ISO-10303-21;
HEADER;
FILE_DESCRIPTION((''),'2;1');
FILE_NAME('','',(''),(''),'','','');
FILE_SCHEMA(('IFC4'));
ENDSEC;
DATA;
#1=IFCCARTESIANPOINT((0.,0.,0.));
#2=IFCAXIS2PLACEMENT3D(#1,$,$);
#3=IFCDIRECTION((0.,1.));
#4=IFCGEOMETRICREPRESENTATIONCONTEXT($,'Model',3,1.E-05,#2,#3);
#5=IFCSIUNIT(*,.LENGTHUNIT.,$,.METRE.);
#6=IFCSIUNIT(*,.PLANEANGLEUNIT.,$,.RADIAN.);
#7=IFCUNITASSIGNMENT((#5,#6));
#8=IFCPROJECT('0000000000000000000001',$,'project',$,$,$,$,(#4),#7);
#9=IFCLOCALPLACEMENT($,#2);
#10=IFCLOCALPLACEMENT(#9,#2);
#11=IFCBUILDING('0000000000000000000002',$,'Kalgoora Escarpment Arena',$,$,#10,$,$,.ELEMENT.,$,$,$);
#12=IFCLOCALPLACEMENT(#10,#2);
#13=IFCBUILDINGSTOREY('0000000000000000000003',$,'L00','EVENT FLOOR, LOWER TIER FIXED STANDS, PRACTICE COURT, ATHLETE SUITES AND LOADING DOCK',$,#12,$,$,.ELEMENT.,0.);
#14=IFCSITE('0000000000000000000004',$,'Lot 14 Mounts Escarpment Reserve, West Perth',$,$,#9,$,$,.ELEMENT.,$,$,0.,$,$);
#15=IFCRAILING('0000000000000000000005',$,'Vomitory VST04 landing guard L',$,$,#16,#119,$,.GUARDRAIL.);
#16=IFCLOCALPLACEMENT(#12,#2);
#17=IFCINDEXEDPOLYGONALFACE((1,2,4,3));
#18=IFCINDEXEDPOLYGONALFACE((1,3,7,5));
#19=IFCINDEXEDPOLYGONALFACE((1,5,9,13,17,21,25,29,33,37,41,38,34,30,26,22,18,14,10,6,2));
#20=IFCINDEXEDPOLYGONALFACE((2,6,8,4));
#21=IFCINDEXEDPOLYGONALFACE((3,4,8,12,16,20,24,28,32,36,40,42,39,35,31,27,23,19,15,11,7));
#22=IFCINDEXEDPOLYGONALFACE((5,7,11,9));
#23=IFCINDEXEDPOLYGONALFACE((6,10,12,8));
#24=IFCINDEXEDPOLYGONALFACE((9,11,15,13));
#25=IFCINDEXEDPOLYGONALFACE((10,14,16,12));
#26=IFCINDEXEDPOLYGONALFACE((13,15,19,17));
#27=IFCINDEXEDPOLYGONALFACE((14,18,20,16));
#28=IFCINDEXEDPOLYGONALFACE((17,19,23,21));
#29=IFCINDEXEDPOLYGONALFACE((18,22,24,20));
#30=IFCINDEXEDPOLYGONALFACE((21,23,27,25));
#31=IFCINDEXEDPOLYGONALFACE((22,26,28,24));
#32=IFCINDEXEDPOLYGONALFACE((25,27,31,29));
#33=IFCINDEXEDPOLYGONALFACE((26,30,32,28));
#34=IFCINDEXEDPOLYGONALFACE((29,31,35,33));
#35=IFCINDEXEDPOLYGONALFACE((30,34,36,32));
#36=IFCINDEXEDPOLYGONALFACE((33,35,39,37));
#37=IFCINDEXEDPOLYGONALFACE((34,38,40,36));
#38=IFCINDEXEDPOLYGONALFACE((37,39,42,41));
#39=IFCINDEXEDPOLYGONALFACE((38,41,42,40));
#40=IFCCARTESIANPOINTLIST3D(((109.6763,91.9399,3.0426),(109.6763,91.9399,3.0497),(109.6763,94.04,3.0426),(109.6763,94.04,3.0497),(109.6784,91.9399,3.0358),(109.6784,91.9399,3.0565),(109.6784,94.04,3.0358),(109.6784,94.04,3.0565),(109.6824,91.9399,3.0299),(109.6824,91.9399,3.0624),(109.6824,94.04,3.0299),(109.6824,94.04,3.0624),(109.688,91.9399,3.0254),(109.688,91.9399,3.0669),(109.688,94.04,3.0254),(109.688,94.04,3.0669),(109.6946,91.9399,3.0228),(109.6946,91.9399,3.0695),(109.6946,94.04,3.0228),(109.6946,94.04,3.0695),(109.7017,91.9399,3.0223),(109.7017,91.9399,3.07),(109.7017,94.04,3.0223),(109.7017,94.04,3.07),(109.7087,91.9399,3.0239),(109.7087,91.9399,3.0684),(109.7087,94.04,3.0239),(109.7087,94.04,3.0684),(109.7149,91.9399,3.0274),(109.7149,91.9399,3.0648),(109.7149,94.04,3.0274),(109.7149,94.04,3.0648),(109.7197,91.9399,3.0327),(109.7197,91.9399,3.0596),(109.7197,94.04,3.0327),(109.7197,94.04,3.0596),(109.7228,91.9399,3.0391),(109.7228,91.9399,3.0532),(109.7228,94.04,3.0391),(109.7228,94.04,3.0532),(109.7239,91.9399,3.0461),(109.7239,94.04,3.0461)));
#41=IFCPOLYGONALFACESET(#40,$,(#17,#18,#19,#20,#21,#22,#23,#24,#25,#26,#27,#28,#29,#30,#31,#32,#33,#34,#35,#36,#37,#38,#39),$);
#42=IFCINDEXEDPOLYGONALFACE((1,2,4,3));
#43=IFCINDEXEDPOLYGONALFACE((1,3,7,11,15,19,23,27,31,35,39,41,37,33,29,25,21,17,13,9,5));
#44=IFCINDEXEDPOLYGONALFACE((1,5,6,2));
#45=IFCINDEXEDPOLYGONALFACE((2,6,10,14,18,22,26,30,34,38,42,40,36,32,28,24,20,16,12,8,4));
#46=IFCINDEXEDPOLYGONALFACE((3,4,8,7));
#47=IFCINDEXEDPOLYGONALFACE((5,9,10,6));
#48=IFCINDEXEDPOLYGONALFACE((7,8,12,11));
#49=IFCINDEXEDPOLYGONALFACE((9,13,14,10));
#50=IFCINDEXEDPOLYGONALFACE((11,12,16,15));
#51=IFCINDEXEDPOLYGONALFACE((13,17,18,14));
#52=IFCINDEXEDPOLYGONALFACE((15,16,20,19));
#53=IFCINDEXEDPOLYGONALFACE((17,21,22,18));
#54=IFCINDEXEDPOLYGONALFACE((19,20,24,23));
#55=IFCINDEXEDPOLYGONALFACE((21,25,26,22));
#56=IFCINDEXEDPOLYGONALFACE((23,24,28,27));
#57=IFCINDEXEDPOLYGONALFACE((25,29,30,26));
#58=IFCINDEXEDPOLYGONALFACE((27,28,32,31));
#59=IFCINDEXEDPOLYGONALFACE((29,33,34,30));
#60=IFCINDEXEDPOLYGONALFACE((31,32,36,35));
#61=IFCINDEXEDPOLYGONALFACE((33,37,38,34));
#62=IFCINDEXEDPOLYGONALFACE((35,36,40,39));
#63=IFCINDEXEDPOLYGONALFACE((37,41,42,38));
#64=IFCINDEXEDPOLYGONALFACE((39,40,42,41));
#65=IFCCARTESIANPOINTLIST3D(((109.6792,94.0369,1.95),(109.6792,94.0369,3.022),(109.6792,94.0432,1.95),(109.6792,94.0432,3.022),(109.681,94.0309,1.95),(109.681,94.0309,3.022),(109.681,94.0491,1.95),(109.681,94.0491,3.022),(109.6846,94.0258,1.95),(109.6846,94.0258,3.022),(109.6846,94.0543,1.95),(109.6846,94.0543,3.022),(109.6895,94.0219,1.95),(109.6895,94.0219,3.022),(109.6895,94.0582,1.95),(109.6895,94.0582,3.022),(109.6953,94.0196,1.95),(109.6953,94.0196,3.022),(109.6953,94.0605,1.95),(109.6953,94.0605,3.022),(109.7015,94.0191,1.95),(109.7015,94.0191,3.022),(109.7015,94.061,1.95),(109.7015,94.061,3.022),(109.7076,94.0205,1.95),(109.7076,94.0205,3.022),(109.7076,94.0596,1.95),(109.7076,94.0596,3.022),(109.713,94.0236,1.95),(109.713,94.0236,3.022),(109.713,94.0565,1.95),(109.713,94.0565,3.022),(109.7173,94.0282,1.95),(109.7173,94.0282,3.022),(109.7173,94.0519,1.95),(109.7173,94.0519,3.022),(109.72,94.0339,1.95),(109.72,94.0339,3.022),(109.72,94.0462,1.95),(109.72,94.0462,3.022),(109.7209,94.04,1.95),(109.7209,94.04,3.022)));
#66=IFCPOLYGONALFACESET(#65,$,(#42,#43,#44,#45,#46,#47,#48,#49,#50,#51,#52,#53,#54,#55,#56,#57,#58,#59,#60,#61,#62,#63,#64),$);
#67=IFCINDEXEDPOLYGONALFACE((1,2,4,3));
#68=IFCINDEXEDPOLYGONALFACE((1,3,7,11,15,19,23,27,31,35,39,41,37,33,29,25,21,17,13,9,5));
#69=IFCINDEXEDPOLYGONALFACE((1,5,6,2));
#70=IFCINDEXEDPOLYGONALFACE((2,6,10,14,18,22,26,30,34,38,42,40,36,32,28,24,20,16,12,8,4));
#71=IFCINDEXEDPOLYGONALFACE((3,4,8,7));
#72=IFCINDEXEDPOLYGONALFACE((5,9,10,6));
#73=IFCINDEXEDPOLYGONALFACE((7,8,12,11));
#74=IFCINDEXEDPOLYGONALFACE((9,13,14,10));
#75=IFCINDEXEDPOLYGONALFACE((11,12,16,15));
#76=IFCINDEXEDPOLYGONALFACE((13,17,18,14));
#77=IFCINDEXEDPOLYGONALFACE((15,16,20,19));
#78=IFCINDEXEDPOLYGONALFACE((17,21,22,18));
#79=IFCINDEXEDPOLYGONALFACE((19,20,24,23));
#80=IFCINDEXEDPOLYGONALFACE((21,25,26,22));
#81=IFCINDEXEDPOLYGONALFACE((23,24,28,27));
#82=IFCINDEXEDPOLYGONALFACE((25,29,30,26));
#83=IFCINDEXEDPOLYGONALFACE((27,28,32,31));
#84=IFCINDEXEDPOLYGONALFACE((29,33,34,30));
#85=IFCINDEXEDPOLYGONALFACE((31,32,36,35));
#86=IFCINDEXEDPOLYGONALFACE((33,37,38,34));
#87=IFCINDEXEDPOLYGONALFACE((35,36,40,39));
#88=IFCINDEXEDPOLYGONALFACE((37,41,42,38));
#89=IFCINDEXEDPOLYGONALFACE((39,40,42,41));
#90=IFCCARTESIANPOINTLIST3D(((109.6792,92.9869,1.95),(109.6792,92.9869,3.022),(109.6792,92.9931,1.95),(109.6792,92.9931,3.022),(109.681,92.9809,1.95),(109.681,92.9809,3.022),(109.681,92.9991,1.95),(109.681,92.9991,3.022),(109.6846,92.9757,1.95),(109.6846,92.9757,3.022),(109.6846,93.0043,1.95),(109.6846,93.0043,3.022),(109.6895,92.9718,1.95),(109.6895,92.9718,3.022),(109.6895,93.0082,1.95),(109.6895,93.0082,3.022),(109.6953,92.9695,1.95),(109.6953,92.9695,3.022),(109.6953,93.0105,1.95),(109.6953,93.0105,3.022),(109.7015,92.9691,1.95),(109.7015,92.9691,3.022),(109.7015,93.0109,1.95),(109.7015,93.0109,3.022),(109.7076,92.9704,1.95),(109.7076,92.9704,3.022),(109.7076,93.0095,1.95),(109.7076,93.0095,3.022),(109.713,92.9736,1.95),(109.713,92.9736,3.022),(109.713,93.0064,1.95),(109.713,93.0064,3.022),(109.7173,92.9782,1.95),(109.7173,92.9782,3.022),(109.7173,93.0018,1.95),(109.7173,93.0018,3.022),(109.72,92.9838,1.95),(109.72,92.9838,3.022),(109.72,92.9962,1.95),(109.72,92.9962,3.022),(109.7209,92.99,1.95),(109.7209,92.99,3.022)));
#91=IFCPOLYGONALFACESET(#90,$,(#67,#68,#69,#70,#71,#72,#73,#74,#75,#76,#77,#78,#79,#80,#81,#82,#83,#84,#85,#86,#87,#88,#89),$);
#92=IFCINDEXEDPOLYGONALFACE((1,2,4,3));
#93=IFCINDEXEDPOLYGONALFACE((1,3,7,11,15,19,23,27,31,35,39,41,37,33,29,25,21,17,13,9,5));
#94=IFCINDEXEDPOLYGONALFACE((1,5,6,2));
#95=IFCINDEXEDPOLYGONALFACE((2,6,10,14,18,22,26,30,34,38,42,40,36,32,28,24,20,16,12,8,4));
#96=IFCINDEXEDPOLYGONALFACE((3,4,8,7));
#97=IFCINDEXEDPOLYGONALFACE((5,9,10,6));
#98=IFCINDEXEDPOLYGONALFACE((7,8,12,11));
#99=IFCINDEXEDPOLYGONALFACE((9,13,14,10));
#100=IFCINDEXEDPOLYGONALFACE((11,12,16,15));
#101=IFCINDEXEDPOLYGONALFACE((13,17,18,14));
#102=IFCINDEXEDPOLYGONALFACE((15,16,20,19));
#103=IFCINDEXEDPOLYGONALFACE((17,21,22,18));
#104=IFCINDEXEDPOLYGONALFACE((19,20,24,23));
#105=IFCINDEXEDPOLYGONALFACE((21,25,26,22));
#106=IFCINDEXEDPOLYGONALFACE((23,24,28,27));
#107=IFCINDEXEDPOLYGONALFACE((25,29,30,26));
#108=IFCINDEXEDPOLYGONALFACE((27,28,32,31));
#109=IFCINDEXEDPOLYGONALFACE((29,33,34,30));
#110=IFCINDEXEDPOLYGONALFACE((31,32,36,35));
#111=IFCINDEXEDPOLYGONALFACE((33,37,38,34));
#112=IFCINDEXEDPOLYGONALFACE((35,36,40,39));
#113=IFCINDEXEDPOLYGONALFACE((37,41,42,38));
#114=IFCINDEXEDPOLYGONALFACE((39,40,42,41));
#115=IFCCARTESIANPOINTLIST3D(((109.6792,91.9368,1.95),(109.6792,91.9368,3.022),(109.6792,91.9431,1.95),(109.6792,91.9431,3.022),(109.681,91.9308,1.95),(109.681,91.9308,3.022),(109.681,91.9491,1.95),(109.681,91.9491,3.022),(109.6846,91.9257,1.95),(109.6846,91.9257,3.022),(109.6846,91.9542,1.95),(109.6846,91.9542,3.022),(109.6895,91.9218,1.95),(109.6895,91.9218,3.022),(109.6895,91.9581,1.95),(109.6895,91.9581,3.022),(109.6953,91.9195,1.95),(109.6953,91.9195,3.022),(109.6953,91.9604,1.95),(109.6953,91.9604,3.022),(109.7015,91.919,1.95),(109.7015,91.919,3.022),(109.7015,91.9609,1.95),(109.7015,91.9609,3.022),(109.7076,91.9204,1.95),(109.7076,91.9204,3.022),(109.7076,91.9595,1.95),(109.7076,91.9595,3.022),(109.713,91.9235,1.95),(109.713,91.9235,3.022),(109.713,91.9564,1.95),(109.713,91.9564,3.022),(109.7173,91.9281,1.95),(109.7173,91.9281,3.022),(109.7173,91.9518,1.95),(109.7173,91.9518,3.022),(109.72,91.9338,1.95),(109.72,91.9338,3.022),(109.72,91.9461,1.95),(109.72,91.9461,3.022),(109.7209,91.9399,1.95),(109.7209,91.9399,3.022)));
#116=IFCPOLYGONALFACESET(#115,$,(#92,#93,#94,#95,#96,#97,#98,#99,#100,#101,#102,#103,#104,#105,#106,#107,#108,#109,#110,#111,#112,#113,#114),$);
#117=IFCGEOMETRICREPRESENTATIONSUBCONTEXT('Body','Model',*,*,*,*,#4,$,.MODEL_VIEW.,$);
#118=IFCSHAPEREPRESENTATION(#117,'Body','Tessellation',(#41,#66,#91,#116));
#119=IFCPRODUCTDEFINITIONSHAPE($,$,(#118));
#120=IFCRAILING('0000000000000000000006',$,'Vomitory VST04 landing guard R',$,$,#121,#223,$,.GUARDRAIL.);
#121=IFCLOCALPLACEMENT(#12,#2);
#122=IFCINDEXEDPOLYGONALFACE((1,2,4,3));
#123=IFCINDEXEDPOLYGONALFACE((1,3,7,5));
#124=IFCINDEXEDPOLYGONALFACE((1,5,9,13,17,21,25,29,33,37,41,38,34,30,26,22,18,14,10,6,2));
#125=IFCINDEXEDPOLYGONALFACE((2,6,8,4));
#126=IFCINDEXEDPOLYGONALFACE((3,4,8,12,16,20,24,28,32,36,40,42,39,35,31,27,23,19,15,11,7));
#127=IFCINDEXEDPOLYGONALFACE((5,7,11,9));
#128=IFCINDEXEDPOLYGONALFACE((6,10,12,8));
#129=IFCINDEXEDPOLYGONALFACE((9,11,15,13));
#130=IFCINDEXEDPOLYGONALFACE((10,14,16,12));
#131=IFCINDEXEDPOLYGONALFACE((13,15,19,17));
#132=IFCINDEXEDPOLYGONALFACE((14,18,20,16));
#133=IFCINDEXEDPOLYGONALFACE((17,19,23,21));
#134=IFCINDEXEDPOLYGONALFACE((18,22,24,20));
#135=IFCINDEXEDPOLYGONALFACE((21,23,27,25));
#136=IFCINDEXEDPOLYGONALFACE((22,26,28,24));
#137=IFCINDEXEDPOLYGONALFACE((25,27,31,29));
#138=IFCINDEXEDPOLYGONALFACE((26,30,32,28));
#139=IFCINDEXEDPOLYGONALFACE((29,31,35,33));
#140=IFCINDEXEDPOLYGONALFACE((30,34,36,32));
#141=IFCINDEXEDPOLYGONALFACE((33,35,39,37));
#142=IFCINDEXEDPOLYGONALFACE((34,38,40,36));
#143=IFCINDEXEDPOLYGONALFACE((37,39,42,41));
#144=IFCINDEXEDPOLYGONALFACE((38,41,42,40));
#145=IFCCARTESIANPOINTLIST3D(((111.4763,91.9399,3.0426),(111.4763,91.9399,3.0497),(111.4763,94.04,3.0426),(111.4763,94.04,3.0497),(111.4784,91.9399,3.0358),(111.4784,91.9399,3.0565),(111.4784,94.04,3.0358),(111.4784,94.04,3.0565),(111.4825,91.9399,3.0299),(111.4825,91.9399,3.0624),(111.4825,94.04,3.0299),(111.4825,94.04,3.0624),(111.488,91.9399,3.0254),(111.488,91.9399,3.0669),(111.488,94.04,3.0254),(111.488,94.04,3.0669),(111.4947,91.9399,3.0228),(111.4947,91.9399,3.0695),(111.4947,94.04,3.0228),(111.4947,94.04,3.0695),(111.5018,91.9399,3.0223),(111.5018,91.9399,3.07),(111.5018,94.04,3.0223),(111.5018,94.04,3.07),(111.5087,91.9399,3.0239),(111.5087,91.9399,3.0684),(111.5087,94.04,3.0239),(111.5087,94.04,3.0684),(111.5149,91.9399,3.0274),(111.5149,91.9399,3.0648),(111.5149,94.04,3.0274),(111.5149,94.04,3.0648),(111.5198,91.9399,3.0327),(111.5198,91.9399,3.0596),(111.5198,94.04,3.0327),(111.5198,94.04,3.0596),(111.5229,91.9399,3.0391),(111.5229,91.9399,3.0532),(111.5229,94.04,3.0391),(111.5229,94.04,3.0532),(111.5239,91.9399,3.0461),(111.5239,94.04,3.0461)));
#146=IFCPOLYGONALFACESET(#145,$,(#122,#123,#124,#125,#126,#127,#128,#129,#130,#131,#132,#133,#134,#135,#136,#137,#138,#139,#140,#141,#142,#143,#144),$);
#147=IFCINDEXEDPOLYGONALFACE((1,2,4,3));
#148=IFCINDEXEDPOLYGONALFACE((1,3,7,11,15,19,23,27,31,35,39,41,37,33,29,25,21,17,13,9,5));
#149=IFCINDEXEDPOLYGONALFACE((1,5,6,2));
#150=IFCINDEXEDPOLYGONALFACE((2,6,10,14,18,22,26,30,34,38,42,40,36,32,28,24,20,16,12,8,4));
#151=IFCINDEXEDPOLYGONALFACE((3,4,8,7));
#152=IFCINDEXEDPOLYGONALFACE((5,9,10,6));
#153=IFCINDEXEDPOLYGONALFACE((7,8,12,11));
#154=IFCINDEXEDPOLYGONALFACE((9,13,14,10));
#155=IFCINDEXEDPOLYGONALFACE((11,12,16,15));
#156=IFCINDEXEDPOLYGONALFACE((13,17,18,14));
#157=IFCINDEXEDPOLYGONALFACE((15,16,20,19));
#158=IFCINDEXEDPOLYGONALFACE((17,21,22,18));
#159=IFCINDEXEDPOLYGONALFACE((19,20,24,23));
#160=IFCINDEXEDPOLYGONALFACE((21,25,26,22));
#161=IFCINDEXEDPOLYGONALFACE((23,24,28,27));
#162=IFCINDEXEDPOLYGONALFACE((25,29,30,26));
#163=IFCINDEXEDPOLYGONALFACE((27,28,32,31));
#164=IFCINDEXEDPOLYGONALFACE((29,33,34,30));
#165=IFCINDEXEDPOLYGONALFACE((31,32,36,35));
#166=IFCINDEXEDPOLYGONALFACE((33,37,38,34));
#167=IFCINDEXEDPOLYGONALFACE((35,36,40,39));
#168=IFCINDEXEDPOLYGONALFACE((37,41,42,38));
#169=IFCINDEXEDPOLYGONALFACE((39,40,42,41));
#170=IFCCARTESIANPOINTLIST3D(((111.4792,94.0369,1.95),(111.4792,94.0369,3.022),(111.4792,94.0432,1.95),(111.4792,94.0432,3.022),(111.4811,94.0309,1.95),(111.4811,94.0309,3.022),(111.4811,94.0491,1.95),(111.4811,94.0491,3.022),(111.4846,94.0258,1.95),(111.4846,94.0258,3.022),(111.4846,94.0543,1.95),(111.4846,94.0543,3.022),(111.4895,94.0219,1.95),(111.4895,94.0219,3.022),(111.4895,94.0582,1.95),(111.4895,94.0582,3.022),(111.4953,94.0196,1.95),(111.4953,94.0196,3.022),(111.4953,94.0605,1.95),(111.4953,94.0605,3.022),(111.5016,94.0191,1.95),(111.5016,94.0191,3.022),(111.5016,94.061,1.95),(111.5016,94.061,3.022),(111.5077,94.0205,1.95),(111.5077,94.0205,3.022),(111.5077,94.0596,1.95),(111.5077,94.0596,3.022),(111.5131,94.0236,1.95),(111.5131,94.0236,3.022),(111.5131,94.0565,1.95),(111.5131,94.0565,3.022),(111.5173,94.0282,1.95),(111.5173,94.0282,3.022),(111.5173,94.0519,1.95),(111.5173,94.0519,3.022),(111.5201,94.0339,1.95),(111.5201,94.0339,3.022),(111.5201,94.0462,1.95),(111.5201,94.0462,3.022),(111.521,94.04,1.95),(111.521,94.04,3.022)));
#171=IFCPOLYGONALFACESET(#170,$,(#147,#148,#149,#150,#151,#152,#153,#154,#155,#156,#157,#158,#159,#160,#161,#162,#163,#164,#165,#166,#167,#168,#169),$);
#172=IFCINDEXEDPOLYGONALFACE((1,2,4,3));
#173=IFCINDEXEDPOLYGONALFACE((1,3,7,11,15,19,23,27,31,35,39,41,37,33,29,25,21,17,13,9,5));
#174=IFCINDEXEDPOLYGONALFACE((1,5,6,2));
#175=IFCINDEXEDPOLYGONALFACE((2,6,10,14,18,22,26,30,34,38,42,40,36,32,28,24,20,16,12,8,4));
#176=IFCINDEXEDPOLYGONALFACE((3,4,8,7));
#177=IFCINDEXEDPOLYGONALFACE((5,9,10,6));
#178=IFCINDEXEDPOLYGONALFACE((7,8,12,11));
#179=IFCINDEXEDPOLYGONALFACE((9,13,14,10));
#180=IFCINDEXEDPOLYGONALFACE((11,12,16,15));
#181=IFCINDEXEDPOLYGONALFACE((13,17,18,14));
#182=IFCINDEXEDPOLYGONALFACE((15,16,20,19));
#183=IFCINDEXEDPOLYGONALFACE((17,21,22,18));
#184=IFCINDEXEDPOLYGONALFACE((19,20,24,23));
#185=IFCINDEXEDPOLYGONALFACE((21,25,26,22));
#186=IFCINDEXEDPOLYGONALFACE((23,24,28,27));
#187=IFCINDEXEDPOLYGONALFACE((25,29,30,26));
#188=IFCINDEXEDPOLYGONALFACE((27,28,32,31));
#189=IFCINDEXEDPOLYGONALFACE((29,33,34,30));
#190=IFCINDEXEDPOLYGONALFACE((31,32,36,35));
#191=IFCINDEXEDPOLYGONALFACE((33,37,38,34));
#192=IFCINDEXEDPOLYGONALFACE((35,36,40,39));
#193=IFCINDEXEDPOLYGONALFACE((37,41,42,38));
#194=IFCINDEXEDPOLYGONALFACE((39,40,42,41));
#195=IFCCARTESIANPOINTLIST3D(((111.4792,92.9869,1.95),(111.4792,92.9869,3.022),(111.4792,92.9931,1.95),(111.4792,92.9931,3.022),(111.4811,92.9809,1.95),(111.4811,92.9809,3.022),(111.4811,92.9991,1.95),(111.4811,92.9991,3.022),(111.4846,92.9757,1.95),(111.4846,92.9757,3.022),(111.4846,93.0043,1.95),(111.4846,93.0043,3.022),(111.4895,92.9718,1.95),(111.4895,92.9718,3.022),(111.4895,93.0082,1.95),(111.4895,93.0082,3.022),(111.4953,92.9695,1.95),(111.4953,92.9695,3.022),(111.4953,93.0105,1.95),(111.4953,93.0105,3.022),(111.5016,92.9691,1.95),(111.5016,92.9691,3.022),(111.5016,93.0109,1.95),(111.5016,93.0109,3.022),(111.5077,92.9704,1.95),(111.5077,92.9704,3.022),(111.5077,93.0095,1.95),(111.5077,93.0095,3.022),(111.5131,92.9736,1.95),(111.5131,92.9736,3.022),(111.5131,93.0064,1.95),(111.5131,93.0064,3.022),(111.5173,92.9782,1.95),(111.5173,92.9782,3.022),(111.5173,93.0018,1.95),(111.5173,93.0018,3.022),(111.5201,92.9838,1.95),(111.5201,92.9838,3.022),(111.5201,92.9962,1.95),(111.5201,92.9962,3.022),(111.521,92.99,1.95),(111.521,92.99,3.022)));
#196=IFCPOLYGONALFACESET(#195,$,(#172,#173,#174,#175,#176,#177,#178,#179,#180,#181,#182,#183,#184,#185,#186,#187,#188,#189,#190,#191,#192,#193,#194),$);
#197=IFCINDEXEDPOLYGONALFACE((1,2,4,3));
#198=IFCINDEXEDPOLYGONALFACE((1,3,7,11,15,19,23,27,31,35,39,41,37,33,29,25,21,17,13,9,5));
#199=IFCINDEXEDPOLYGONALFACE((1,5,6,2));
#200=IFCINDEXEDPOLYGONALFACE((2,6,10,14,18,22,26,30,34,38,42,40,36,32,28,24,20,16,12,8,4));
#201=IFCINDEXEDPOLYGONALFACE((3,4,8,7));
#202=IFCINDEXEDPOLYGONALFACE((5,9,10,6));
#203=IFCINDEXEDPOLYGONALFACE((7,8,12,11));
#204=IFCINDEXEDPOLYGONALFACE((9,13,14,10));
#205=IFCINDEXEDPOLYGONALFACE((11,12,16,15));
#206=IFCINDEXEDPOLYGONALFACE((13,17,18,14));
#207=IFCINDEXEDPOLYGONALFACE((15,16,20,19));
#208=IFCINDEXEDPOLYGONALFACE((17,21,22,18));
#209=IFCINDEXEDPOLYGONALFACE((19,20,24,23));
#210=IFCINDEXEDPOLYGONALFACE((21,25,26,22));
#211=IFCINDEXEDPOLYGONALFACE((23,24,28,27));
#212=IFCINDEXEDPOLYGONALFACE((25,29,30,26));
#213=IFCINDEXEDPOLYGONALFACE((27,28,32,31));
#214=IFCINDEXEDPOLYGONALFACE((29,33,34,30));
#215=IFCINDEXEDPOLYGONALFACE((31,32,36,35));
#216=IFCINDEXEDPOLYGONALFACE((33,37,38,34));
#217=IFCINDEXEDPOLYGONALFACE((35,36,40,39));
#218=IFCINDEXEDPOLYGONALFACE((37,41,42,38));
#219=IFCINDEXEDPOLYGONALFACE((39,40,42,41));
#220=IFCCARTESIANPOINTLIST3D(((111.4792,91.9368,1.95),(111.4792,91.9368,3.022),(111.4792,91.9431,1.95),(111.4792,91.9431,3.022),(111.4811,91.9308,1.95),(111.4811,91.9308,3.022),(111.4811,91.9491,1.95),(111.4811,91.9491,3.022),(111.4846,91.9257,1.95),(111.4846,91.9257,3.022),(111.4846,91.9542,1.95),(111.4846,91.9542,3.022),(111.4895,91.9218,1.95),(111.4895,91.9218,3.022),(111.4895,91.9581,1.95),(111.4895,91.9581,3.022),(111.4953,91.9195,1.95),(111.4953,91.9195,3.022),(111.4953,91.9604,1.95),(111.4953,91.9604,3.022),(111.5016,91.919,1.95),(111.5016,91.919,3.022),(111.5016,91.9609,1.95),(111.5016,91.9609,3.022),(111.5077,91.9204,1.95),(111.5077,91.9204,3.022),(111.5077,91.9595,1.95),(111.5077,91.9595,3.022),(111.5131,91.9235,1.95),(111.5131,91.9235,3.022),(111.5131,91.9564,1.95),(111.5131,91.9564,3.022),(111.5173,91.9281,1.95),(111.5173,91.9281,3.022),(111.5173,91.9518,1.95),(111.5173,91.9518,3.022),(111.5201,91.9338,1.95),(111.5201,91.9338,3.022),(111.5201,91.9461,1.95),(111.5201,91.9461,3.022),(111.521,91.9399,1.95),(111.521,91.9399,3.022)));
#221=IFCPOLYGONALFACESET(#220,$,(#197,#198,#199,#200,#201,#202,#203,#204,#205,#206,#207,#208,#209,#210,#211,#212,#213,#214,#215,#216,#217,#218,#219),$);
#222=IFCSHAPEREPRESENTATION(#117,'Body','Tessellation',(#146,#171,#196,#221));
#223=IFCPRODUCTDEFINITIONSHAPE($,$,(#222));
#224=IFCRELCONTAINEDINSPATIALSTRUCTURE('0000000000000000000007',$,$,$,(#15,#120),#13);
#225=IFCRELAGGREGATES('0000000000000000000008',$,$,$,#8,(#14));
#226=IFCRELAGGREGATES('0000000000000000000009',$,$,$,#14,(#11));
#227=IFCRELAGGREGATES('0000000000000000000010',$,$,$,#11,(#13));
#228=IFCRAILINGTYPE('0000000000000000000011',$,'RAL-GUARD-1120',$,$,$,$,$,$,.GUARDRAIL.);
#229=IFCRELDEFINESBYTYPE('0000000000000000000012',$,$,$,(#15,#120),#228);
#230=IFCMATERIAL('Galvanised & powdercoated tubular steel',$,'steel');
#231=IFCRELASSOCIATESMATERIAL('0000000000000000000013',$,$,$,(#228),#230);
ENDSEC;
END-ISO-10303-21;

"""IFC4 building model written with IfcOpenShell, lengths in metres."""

from ifc_helpers import new_model, si_unit, direction, frame, origin, origin_2d, place, context, subcontext, project, spatial, circle, extrude, material, type_object, element, save


model = new_model("IFC4")

# Units and contexts
model_context = context("Model", 3, precision=1e-05, world=origin(), true_north=direction((0.0, 1.0)))
body_context = subcontext(model_context, "Body", "Model", "MODEL_VIEW")
ifc_project = project(units=[si_unit("LENGTHUNIT", "METRE"), si_unit("PLANEANGLEUNIT", "RADIAN")], contexts=[model_context])

# Site, building, storey
site_placement = place(None, origin())
site = spatial("IfcSite", under=ifc_project, at=site_placement, Name="Lot 14 Mounts Escarpment Reserve, West Perth", CompositionType="ELEMENT", RefElevation=0.0)
building_placement = place(site_placement, origin())
building = spatial("IfcBuilding", under=site, at=building_placement, Name="Kalgoora Escarpment Arena", CompositionType="ELEMENT")
storey_placement = place(building_placement, origin())
storey = spatial("IfcBuildingStorey", under=building, at=storey_placement, Name="L00", Description="EVENT FLOOR, LOWER TIER FIXED STANDS, PRACTICE COURT, ATHLETE SUITES AND LOADING DOCK", CompositionType="ELEMENT", Elevation=0.0)

# Railings
ifc_material_1 = material(Name="Galvanised & powdercoated tubular steel", Category="steel")
railing_type_1 = type_object("IfcRailingType", Name="RAL-GUARD-1120", PredefinedType="GUARDRAIL", material=ifc_material_1)
for number, where, name in (
    (1, (109.7, 94.04, 1.95), "Vomitory VST04 landing guard L"),
    (2, (111.5, 94.04, 1.95), "Vomitory VST04 landing guard R"),
):
    element("IfcRailing", number, at=place(storey_placement, frame(where)), inside=storey, type_object=railing_type_1, Name=name, PredefinedType="GUARDRAIL", context=body_context, shape_type="SweptSolid", body=[
        extrude(circle(Radius=0.0239, at=origin_2d()), frame((0.0, 0.0, 1.0962), z_axis=(0.0, -1.0, 0.0), x_axis=(1.0, 0.0, 0.0)), (0.0, 0.0, 1.0), 2.1001),
        extrude(circle(Radius=0.021, at=origin_2d()), origin(), (0.0, 0.0, 1.0), 1.072),
        extrude(circle(Radius=0.021, at=origin_2d()), frame((0.0, -1.05, 0.0)), (0.0, 0.0, 1.0), 1.072),
        extrude(circle(Radius=0.021, at=origin_2d()), frame((0.0, -2.1001, 0.0)), (0.0, 0.0, 1.0), 1.072),
    ])

save(model, "model.ifc")
